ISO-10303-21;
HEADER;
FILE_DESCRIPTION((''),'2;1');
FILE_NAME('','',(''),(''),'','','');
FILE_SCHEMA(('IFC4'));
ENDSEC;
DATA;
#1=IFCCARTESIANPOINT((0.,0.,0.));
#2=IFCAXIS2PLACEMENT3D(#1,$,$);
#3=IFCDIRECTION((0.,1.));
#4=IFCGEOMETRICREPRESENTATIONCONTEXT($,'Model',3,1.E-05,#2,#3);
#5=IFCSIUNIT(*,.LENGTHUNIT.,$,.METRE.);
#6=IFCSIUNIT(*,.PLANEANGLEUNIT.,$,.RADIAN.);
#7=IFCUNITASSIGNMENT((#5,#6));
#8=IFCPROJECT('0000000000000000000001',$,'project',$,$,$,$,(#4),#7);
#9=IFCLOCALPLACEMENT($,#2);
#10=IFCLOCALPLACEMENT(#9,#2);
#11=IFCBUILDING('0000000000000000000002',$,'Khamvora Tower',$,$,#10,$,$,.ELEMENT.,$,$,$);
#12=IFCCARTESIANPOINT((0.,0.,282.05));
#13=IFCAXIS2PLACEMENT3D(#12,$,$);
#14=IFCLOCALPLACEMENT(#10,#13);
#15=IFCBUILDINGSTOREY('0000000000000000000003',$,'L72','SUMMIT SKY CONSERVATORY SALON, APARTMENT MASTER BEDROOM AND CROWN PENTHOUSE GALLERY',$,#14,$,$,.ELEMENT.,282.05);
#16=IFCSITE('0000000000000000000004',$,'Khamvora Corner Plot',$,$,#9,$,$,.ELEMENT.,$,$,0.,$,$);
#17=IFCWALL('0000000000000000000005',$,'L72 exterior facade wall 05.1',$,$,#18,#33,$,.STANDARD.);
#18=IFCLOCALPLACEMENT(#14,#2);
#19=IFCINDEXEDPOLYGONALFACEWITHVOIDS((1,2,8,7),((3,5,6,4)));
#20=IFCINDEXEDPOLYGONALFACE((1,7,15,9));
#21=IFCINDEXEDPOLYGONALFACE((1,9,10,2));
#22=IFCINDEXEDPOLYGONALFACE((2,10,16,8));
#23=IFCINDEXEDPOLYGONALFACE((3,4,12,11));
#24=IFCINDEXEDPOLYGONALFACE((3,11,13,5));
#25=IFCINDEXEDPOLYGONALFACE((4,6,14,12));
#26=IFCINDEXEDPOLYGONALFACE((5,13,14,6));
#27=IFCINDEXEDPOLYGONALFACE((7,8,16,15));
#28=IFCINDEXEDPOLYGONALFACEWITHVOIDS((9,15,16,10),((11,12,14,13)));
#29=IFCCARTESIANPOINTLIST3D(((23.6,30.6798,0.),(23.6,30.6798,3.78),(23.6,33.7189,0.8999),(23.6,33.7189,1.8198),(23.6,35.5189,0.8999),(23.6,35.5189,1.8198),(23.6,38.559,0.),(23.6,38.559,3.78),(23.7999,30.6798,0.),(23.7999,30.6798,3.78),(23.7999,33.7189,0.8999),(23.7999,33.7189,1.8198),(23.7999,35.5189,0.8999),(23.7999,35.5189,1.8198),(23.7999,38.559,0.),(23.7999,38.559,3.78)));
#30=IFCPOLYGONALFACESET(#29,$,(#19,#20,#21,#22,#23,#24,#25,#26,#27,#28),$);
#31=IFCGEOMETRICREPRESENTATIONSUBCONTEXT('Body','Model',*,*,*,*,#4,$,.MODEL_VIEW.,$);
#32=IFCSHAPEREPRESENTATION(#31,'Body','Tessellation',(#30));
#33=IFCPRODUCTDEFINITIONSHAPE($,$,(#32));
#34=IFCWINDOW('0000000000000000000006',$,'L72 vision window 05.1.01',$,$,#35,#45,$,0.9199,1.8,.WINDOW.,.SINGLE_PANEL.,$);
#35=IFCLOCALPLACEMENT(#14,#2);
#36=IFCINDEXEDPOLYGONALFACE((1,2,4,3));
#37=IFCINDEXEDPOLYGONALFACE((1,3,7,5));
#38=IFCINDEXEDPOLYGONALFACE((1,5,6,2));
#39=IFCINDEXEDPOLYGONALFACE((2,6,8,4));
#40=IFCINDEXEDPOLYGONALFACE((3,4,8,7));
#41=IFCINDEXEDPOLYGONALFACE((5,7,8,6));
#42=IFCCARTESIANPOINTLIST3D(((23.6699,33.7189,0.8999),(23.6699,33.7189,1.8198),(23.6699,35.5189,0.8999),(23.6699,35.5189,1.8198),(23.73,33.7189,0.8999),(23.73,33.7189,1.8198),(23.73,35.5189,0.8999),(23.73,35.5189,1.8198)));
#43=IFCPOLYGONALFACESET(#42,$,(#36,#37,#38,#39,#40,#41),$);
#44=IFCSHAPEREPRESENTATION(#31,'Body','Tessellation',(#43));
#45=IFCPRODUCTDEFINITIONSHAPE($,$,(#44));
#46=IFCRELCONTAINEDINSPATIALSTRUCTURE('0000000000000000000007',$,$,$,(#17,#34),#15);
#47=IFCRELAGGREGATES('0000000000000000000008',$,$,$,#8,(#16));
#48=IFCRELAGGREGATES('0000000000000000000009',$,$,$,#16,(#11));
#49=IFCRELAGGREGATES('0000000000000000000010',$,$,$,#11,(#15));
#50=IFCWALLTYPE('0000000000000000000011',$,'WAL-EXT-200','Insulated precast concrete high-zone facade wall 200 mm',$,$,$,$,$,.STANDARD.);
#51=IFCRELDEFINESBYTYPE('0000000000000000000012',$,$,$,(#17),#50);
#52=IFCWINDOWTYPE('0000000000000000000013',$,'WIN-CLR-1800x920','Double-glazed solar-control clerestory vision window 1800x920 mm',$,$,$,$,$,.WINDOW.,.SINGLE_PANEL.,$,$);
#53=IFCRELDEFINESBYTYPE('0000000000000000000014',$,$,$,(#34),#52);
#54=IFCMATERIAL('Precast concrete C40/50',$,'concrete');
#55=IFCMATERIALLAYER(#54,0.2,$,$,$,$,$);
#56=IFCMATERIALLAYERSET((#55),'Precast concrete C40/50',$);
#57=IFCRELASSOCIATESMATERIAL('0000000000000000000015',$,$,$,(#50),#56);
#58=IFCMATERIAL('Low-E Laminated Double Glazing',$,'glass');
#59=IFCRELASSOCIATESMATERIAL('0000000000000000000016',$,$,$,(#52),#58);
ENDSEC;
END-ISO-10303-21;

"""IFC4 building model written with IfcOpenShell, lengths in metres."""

from ifc_helpers import new_model, si_unit, direction, frame, frame_2d, origin, place, context, subcontext, project, spatial, rectangle, extrude, material, layer, layer_set, type_object, element, fill, save


model = new_model("IFC4")

# Units and contexts
model_context = context("Model", 3, precision=1e-05, world=origin(), true_north=direction((0.0, 1.0)))
body_context = subcontext(model_context, "Body", "Model", "MODEL_VIEW")
ifc_project = project(units=[si_unit("LENGTHUNIT", "METRE"), si_unit("PLANEANGLEUNIT", "RADIAN")], contexts=[model_context])

# Site, building, storey
site_placement = place(None, origin())
site = spatial("IfcSite", under=ifc_project, at=site_placement, Name="Khamvora Corner Plot", CompositionType="ELEMENT", RefElevation=0.0)
building_placement = place(site_placement, origin())
building = spatial("IfcBuilding", under=site, at=building_placement, Name="Khamvora Tower", CompositionType="ELEMENT")
storey_placement = place(building_placement, frame((0.0, 0.0, 282.05)))
storey = spatial("IfcBuildingStorey", under=building, at=storey_placement, Name="L72", Description="SUMMIT SKY CONSERVATORY SALON, APARTMENT MASTER BEDROOM AND CROWN PENTHOUSE GALLERY", CompositionType="ELEMENT", Elevation=282.05)

# Shared definitions
ifc_material_1 = material(Name="Precast concrete C40/50", Category="concrete")
ifc_layer_1 = layer(ifc_material_1, 0.2)
ifc_layer_set_1 = layer_set([ifc_layer_1], Name="Precast concrete C40/50")
wall_type_1 = type_object("IfcWallType", Name="WAL-EXT-200", Description="Insulated precast concrete high-zone facade wall 200 mm", PredefinedType="STANDARD", material=ifc_layer_set_1)

# Wall, opening, window
wall_1_placement = place(storey_placement, frame((23.7, 30.6799, 0.0), z_axis=(0.0, 0.0, 1.0), x_axis=(0.0, 1.0, 0.0)))
wall_1 = element("IfcWall", 1, at=wall_1_placement, inside=storey, type_object=wall_type_1, Name="L72 exterior facade wall 05.1", PredefinedType="STANDARD", context=body_context, shape_type="SweptSolid", body=[
    extrude(rectangle(XDim=7.8792, YDim=0.2, at=frame_2d((3.9395, 0.0))), origin(), (0.0, 0.0, 1.0), 3.78),
])
opening_placement = place(wall_1_placement, frame((3.0391, 0.0, 0.8999)))
opening = element("IfcOpeningElement", 2, at=opening_placement, cuts=wall_1, PredefinedType="OPENING", context=body_context, shape_type="SweptSolid", body=[
    extrude(rectangle(XDim=1.8, YDim=0.9199, at=frame_2d((0.8999, 0.46))), frame((0.0, 0.1099, 0.0), z_axis=(0.0, -1.0, 0.0), x_axis=(1.0, 0.0, 0.0)), (0.0, 0.0, 1.0), 0.22),
])
ifc_material_2 = material(Name="Low-E Laminated Double Glazing", Category="glass")
window_type = type_object("IfcWindowType", Name="WIN-CLR-1800x920", Description="Double-glazed solar-control clerestory vision window 1800x920 mm", PartitioningType="SINGLE_PANEL", PredefinedType="WINDOW", material=ifc_material_2)
window_placement = place(opening_placement, origin())
window = element("IfcWindow", 3, at=window_placement, inside=storey, type_object=window_type, Name="L72 vision window 05.1.01", OverallHeight=0.9199, OverallWidth=1.8, PartitioningType="SINGLE_PANEL", PredefinedType="WINDOW", context=body_context, shape_type="SweptSolid", body=[
    extrude(rectangle(XDim=1.8, YDim=0.9199, at=frame_2d((0.8999, 0.46))), frame((0.0, 0.03, 0.0), z_axis=(0.0, -1.0, 0.0), x_axis=(1.0, 0.0, 0.0)), (0.0, 0.0, 1.0), 0.0601),
])
fill(opening, window)

save(model, "model.ifc")
